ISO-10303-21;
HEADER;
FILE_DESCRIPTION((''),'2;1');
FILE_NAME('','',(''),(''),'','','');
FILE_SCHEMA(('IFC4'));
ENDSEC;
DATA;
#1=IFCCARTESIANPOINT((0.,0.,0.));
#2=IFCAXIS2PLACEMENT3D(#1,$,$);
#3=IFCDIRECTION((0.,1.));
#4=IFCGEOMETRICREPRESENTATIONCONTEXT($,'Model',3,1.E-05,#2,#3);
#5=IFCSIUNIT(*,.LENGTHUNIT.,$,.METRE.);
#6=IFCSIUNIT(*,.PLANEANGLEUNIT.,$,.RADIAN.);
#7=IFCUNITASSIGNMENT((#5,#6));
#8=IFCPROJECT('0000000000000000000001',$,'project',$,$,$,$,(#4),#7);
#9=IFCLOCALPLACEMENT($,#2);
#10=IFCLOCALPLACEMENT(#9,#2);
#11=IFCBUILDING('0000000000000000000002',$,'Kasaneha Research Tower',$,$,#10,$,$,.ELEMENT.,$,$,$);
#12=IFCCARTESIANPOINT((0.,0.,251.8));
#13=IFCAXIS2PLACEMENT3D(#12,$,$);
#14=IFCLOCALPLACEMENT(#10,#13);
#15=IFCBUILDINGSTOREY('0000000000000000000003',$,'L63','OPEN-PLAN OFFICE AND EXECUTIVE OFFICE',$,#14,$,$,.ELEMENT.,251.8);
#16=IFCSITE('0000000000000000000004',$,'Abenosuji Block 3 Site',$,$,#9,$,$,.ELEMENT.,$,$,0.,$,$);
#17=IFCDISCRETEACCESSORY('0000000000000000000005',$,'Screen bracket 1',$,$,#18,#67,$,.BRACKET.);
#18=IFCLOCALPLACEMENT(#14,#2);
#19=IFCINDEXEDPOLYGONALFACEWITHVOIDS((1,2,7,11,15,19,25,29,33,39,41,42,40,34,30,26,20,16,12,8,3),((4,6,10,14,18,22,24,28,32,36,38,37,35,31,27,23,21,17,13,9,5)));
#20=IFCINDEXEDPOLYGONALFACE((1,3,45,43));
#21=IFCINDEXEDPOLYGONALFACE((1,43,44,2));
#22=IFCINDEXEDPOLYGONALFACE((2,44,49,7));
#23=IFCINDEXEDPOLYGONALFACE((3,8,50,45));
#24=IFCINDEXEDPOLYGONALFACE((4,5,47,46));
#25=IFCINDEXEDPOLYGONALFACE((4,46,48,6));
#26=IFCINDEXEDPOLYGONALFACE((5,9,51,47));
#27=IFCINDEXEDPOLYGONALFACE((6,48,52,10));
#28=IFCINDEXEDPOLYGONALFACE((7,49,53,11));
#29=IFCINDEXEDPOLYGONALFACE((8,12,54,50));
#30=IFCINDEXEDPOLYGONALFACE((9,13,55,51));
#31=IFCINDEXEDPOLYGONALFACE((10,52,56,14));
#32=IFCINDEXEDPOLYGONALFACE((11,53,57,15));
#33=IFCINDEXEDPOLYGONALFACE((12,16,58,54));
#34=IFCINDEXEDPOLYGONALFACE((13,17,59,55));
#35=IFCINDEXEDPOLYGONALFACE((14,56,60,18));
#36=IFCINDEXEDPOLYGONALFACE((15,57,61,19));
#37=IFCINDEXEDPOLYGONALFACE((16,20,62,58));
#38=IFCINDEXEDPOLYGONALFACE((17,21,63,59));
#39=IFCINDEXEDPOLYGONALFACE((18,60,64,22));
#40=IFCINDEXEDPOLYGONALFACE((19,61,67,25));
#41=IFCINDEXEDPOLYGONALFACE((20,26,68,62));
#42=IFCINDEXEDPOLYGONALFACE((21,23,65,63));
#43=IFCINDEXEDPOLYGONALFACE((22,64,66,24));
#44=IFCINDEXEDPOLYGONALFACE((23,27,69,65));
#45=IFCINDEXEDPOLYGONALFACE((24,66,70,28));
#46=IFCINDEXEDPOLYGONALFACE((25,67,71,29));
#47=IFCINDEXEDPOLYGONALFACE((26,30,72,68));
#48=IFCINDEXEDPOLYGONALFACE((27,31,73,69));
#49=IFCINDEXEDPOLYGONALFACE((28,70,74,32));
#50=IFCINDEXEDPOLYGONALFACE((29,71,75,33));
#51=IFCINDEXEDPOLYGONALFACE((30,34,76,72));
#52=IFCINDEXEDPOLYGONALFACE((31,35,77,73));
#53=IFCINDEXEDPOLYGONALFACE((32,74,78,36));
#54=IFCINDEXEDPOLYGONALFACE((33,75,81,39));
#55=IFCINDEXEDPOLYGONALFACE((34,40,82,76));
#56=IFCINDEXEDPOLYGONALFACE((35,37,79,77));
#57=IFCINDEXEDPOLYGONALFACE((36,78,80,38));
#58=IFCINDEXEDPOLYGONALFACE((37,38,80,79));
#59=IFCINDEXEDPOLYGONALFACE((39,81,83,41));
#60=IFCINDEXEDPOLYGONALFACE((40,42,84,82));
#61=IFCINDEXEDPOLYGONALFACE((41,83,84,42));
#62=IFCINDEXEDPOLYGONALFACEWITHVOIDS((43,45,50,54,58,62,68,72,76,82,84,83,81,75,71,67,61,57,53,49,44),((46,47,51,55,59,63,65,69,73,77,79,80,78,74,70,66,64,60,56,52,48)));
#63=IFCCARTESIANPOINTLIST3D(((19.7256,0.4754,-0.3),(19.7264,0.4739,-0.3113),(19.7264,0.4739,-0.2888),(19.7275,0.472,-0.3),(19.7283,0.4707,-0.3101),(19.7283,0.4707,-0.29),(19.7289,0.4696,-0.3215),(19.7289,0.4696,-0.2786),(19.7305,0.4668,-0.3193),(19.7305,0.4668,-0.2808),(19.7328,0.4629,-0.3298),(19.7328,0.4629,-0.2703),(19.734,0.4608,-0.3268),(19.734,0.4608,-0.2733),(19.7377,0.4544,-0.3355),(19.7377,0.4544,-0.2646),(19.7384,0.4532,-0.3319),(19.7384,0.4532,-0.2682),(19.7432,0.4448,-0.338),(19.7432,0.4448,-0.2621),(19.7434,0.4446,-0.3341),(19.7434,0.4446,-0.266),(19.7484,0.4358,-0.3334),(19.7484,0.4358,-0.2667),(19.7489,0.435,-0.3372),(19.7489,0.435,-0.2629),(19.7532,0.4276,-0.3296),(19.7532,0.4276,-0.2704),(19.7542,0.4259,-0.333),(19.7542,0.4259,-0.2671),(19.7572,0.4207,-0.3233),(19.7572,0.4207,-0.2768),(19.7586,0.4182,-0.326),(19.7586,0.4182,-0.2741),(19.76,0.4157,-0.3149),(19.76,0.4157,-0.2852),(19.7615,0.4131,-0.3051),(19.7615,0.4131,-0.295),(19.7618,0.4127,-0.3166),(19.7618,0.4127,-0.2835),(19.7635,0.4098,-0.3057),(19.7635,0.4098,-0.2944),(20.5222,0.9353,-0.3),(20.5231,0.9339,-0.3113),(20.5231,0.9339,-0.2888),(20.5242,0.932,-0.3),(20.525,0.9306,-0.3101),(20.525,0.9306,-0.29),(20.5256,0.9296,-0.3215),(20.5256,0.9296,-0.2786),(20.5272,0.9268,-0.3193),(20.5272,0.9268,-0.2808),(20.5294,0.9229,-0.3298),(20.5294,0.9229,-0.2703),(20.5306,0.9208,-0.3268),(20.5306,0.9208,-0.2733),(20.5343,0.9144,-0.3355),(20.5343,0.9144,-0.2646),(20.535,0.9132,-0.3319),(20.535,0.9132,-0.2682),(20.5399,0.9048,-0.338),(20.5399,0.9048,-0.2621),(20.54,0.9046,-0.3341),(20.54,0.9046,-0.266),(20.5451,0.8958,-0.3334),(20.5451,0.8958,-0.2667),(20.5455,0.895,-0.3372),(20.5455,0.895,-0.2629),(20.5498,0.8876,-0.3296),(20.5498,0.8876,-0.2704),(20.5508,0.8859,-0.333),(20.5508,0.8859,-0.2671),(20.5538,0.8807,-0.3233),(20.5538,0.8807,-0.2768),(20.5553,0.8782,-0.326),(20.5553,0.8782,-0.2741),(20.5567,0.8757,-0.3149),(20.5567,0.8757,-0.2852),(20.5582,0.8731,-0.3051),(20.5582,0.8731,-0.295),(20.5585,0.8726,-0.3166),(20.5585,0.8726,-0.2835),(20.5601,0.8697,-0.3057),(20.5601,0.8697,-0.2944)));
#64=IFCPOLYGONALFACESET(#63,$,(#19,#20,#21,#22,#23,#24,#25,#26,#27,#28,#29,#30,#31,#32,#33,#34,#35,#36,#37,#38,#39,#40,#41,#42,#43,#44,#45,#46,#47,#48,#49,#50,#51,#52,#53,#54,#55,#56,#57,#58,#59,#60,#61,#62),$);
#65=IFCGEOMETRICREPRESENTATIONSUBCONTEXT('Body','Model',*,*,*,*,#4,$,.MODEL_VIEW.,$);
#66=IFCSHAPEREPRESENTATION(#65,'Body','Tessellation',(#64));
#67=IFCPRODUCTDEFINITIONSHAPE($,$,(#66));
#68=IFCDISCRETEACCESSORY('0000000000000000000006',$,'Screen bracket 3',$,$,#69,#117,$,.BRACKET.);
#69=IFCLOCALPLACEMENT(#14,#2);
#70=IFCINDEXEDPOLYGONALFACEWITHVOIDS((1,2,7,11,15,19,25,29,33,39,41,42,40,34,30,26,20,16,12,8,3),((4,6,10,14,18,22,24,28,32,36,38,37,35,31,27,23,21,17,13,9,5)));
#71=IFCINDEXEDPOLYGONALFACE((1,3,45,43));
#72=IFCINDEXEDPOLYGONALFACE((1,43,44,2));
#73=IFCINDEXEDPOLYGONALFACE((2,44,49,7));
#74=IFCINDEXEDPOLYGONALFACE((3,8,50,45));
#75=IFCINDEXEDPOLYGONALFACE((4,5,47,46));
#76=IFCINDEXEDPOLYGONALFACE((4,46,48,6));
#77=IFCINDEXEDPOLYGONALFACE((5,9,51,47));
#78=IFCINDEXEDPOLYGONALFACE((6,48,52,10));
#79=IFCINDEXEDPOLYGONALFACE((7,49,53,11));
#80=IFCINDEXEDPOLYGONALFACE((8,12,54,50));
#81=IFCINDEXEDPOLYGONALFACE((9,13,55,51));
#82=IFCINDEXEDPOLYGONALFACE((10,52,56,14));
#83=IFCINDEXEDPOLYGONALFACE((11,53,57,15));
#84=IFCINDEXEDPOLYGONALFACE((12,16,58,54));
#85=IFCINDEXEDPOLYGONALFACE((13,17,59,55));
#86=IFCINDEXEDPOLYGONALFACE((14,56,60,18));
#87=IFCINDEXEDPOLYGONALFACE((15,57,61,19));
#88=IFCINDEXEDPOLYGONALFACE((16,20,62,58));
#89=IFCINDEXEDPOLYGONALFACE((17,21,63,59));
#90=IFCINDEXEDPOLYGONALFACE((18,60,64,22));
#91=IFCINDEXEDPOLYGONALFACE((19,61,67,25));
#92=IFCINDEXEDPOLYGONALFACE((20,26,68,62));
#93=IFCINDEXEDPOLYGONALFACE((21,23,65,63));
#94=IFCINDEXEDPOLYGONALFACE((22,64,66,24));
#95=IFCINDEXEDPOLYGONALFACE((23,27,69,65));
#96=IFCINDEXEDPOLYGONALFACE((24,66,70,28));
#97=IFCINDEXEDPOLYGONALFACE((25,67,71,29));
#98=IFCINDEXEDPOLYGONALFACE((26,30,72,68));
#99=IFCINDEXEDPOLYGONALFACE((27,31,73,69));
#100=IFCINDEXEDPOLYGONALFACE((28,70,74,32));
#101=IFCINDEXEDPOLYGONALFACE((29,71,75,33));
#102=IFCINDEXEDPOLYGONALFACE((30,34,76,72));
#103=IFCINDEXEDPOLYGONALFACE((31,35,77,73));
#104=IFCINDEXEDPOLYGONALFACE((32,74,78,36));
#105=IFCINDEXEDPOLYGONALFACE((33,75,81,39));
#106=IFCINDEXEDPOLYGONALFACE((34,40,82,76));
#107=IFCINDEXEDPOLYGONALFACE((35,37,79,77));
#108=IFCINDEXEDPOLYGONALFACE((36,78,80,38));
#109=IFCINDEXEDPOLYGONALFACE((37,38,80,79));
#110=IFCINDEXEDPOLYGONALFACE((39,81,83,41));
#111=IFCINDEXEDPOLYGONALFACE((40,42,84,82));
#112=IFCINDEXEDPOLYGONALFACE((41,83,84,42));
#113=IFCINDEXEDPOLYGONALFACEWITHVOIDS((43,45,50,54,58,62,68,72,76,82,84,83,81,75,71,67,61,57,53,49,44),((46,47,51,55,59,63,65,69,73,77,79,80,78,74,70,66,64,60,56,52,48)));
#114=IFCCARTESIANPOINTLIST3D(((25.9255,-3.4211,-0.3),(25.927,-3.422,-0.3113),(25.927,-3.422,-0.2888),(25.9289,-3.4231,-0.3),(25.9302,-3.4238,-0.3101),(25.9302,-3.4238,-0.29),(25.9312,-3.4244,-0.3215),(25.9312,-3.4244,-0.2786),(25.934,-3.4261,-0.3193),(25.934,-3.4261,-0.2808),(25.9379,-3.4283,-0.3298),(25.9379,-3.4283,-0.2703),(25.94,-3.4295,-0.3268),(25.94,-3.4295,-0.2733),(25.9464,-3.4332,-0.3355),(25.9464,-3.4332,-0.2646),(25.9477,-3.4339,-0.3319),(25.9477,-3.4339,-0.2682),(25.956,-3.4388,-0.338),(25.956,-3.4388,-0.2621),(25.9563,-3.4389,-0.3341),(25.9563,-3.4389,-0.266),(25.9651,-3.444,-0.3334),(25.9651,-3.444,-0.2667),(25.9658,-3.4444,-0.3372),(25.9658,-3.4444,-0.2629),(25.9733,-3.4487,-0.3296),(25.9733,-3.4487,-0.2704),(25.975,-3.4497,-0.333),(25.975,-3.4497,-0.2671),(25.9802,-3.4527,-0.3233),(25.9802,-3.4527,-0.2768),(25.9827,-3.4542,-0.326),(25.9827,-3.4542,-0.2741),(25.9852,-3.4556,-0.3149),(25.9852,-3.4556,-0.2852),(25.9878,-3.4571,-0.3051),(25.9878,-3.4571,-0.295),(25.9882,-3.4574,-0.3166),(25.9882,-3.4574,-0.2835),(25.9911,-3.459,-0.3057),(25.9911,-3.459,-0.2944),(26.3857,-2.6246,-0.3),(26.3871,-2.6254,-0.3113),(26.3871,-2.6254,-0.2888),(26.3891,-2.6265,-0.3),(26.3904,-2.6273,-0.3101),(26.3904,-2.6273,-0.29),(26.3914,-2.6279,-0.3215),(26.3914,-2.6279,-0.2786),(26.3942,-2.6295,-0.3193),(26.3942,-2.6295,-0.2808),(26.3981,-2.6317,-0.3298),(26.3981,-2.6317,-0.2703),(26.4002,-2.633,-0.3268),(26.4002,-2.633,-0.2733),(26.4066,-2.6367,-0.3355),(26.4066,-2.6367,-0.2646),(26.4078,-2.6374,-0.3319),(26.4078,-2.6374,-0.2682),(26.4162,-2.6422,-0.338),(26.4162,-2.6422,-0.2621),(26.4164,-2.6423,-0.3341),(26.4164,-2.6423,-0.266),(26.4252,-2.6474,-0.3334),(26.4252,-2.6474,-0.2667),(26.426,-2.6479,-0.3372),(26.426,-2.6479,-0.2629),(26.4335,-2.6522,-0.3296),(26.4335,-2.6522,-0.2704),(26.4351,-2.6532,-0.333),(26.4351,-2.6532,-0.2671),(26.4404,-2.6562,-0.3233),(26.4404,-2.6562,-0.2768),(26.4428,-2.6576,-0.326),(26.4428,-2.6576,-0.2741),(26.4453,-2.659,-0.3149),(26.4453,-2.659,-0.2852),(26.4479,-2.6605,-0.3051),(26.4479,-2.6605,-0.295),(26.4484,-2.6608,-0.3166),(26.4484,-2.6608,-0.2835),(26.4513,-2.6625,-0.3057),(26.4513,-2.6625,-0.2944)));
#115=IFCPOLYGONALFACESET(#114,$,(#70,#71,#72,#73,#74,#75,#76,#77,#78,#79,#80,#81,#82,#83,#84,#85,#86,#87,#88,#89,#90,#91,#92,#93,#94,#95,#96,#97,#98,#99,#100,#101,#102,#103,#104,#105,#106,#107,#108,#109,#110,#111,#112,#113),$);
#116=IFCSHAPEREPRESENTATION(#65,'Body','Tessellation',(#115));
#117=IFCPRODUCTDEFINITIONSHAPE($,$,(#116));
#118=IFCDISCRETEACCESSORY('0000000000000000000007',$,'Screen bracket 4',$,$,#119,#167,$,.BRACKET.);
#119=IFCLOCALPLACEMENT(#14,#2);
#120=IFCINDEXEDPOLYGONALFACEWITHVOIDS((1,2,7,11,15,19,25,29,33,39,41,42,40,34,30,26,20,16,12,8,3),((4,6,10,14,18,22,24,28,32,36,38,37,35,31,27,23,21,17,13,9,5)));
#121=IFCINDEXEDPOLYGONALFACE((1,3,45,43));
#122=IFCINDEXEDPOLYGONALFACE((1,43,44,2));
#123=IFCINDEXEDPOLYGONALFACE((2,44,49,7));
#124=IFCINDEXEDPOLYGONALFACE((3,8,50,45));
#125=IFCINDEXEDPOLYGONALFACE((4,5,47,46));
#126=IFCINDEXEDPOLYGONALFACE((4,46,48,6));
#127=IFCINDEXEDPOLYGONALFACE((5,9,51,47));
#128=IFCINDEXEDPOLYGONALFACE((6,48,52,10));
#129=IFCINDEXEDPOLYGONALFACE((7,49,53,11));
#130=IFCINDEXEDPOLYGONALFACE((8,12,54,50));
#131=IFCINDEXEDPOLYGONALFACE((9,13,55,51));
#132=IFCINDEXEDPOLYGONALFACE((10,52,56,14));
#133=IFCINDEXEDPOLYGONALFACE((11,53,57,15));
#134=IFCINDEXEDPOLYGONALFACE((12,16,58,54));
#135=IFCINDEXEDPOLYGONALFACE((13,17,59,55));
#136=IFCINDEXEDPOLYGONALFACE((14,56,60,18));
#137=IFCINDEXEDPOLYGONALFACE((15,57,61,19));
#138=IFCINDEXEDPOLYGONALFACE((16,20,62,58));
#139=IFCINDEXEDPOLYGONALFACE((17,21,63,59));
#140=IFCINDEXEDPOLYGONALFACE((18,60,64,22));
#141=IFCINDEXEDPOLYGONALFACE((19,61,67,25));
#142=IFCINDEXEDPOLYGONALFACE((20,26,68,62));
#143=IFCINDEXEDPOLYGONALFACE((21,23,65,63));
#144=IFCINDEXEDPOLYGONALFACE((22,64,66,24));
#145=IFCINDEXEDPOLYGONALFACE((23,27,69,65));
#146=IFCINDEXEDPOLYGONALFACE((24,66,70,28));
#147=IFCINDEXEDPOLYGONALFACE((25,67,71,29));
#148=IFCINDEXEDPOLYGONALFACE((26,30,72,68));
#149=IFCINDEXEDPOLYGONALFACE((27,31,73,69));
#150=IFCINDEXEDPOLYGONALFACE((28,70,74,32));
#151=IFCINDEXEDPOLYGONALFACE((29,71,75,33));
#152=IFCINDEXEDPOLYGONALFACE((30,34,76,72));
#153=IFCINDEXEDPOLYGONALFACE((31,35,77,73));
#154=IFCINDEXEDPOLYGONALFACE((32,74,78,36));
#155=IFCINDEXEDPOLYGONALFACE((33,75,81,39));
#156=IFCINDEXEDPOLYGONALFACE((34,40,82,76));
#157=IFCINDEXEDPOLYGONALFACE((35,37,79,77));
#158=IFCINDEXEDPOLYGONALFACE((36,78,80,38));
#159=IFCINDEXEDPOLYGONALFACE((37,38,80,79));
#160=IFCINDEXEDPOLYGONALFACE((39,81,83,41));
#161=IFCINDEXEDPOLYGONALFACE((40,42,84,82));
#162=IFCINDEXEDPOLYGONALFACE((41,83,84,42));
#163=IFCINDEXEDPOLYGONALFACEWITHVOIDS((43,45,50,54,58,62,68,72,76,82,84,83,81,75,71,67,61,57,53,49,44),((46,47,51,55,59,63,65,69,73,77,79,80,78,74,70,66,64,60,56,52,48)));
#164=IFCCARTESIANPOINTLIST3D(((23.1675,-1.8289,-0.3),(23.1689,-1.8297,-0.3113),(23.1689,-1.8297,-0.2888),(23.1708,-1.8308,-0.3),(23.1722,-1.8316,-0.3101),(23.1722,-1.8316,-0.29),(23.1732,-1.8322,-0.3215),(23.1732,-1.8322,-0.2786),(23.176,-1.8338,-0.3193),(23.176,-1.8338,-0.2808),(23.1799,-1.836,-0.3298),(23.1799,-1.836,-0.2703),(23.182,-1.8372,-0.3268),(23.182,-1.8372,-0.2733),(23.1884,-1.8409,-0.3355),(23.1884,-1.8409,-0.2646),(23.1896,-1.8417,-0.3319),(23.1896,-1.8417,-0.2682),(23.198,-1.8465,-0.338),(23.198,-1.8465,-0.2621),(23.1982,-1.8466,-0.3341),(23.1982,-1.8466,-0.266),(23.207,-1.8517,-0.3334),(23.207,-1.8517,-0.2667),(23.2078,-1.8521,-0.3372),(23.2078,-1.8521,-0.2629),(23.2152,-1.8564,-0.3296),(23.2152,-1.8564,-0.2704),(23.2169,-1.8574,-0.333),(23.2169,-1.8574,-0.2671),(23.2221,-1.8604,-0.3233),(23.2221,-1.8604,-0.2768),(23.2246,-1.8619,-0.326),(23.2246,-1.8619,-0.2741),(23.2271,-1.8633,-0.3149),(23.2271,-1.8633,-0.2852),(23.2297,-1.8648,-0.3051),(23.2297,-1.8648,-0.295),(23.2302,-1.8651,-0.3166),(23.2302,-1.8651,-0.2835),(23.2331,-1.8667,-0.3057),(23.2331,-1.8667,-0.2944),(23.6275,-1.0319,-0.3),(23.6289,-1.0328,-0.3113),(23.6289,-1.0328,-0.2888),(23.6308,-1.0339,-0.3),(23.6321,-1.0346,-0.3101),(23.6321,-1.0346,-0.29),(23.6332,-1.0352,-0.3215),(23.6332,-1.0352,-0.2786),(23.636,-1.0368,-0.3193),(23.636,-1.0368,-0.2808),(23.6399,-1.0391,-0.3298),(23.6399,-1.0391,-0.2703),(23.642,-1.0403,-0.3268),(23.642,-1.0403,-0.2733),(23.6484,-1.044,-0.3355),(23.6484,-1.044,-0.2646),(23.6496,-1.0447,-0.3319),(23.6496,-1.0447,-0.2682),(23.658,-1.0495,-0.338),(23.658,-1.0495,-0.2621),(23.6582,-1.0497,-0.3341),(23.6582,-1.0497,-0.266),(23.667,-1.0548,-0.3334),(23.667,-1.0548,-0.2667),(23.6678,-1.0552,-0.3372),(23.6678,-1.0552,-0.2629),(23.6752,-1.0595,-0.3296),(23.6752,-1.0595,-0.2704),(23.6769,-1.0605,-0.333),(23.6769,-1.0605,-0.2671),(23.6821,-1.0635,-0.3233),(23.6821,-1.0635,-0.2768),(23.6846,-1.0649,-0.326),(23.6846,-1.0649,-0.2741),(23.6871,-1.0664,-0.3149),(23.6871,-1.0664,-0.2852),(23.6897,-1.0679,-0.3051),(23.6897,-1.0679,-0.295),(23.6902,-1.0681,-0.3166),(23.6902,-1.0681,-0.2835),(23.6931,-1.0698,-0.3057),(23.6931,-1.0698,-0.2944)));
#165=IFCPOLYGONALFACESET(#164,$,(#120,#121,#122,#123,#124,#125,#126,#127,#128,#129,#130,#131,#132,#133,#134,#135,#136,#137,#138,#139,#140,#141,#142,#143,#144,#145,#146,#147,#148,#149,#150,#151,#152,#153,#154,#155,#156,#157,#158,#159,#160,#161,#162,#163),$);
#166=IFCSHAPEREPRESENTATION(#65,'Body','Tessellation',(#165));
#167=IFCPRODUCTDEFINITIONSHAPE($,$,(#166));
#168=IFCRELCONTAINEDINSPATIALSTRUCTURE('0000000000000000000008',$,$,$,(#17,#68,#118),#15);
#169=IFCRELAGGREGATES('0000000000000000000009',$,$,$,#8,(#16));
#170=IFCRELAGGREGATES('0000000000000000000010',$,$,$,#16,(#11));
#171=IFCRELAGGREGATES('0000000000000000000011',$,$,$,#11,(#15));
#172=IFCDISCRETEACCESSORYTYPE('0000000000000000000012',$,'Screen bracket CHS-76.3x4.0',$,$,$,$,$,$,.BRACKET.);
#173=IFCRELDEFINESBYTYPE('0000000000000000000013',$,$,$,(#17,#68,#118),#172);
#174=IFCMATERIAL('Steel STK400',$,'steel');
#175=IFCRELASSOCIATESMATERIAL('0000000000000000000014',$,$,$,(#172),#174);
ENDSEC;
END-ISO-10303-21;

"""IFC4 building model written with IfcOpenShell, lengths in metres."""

from ifc_helpers import new_model, si_unit, direction, frame, origin, origin_2d, place, context, subcontext, project, spatial, hollow_circle, extrude, material, material_profile, profile_set, type_object, element, save


model = new_model("IFC4")

# Units and contexts
model_context = context("Model", 3, precision=1e-05, world=origin(), true_north=direction((0.0, 1.0)))
body_context = subcontext(model_context, "Body", "Model", "MODEL_VIEW")
ifc_project = project(units=[si_unit("LENGTHUNIT", "METRE"), si_unit("PLANEANGLEUNIT", "RADIAN")], contexts=[model_context])

# Site, building, storey
site_placement = place(None, origin())
site = spatial("IfcSite", under=ifc_project, at=site_placement, Name="Abenosuji Block 3 Site", CompositionType="ELEMENT", RefElevation=0.0)
building_placement = place(site_placement, origin())
building = spatial("IfcBuilding", under=site, at=building_placement, Name="Kasaneha Research Tower", CompositionType="ELEMENT")
storey_placement = place(building_placement, frame((0.0, 0.0, 251.8)))
storey = spatial("IfcBuildingStorey", under=building, at=storey_placement, Name="L63", Description="OPEN-PLAN OFFICE AND EXECUTIVE OFFICE", CompositionType="ELEMENT", Elevation=251.8)

# Discrete accessories
ifc_material_1 = material(Name="Steel STK400", Category="steel")
ifc_material_profile_1 = material_profile(ifc_material_1, hollow_circle(Radius=0.0381, WallThickness=0.0039, at=origin_2d()), Name="CHS-76.3x4.0")
ifc_profile_set_1 = profile_set([ifc_material_profile_1], Name="Steel STK400")
discrete_accessory_type = type_object("IfcDiscreteAccessoryType", Name="Screen bracket CHS-76.3x4.0", PredefinedType="BRACKET", material=ifc_profile_set_1)
for number, where, z_axis, x_axis, name in (
    (1, (19.7446, 0.4424, -0.3), (0.866013, 0.500021, 0.0), (-0.500021, 0.866013, 0.0), "Screen bracket 1"),
    (2, (25.9585, -3.4402, -0.3), (0.50022, 0.865898, 0.0), (-0.865898, 0.50022, 0.0), "Screen bracket 3"),
):
    element("IfcDiscreteAccessory", number, at=place(storey_placement, frame(where, z_axis=z_axis, x_axis=x_axis)), inside=storey, type_object=discrete_accessory_type, Name=name, PredefinedType="BRACKET", context=body_context, shape_type="SweptSolid", body=[
        extrude(hollow_circle(Radius=0.0381, WallThickness=0.0039, at=origin_2d()), origin(), (0.0, 0.0, 1.0), 0.9199),
    ])
discrete_accessory_1_placement = place(storey_placement, frame((23.2004, -1.8479, -0.3), z_axis=(0.499906, 0.86608, 0.0), x_axis=(-0.86608, 0.499906, 0.0)))
element("IfcDiscreteAccessory", 3, at=discrete_accessory_1_placement, inside=storey, type_object=discrete_accessory_type, Name="Screen bracket 4", PredefinedType="BRACKET", context=body_context, shape_type="SweptSolid", body=[
    extrude(hollow_circle(Radius=0.0381, WallThickness=0.0039, at=origin_2d()), origin(), (0.0, 0.0, 1.0), 0.9202),
])

save(model, "model.ifc")
